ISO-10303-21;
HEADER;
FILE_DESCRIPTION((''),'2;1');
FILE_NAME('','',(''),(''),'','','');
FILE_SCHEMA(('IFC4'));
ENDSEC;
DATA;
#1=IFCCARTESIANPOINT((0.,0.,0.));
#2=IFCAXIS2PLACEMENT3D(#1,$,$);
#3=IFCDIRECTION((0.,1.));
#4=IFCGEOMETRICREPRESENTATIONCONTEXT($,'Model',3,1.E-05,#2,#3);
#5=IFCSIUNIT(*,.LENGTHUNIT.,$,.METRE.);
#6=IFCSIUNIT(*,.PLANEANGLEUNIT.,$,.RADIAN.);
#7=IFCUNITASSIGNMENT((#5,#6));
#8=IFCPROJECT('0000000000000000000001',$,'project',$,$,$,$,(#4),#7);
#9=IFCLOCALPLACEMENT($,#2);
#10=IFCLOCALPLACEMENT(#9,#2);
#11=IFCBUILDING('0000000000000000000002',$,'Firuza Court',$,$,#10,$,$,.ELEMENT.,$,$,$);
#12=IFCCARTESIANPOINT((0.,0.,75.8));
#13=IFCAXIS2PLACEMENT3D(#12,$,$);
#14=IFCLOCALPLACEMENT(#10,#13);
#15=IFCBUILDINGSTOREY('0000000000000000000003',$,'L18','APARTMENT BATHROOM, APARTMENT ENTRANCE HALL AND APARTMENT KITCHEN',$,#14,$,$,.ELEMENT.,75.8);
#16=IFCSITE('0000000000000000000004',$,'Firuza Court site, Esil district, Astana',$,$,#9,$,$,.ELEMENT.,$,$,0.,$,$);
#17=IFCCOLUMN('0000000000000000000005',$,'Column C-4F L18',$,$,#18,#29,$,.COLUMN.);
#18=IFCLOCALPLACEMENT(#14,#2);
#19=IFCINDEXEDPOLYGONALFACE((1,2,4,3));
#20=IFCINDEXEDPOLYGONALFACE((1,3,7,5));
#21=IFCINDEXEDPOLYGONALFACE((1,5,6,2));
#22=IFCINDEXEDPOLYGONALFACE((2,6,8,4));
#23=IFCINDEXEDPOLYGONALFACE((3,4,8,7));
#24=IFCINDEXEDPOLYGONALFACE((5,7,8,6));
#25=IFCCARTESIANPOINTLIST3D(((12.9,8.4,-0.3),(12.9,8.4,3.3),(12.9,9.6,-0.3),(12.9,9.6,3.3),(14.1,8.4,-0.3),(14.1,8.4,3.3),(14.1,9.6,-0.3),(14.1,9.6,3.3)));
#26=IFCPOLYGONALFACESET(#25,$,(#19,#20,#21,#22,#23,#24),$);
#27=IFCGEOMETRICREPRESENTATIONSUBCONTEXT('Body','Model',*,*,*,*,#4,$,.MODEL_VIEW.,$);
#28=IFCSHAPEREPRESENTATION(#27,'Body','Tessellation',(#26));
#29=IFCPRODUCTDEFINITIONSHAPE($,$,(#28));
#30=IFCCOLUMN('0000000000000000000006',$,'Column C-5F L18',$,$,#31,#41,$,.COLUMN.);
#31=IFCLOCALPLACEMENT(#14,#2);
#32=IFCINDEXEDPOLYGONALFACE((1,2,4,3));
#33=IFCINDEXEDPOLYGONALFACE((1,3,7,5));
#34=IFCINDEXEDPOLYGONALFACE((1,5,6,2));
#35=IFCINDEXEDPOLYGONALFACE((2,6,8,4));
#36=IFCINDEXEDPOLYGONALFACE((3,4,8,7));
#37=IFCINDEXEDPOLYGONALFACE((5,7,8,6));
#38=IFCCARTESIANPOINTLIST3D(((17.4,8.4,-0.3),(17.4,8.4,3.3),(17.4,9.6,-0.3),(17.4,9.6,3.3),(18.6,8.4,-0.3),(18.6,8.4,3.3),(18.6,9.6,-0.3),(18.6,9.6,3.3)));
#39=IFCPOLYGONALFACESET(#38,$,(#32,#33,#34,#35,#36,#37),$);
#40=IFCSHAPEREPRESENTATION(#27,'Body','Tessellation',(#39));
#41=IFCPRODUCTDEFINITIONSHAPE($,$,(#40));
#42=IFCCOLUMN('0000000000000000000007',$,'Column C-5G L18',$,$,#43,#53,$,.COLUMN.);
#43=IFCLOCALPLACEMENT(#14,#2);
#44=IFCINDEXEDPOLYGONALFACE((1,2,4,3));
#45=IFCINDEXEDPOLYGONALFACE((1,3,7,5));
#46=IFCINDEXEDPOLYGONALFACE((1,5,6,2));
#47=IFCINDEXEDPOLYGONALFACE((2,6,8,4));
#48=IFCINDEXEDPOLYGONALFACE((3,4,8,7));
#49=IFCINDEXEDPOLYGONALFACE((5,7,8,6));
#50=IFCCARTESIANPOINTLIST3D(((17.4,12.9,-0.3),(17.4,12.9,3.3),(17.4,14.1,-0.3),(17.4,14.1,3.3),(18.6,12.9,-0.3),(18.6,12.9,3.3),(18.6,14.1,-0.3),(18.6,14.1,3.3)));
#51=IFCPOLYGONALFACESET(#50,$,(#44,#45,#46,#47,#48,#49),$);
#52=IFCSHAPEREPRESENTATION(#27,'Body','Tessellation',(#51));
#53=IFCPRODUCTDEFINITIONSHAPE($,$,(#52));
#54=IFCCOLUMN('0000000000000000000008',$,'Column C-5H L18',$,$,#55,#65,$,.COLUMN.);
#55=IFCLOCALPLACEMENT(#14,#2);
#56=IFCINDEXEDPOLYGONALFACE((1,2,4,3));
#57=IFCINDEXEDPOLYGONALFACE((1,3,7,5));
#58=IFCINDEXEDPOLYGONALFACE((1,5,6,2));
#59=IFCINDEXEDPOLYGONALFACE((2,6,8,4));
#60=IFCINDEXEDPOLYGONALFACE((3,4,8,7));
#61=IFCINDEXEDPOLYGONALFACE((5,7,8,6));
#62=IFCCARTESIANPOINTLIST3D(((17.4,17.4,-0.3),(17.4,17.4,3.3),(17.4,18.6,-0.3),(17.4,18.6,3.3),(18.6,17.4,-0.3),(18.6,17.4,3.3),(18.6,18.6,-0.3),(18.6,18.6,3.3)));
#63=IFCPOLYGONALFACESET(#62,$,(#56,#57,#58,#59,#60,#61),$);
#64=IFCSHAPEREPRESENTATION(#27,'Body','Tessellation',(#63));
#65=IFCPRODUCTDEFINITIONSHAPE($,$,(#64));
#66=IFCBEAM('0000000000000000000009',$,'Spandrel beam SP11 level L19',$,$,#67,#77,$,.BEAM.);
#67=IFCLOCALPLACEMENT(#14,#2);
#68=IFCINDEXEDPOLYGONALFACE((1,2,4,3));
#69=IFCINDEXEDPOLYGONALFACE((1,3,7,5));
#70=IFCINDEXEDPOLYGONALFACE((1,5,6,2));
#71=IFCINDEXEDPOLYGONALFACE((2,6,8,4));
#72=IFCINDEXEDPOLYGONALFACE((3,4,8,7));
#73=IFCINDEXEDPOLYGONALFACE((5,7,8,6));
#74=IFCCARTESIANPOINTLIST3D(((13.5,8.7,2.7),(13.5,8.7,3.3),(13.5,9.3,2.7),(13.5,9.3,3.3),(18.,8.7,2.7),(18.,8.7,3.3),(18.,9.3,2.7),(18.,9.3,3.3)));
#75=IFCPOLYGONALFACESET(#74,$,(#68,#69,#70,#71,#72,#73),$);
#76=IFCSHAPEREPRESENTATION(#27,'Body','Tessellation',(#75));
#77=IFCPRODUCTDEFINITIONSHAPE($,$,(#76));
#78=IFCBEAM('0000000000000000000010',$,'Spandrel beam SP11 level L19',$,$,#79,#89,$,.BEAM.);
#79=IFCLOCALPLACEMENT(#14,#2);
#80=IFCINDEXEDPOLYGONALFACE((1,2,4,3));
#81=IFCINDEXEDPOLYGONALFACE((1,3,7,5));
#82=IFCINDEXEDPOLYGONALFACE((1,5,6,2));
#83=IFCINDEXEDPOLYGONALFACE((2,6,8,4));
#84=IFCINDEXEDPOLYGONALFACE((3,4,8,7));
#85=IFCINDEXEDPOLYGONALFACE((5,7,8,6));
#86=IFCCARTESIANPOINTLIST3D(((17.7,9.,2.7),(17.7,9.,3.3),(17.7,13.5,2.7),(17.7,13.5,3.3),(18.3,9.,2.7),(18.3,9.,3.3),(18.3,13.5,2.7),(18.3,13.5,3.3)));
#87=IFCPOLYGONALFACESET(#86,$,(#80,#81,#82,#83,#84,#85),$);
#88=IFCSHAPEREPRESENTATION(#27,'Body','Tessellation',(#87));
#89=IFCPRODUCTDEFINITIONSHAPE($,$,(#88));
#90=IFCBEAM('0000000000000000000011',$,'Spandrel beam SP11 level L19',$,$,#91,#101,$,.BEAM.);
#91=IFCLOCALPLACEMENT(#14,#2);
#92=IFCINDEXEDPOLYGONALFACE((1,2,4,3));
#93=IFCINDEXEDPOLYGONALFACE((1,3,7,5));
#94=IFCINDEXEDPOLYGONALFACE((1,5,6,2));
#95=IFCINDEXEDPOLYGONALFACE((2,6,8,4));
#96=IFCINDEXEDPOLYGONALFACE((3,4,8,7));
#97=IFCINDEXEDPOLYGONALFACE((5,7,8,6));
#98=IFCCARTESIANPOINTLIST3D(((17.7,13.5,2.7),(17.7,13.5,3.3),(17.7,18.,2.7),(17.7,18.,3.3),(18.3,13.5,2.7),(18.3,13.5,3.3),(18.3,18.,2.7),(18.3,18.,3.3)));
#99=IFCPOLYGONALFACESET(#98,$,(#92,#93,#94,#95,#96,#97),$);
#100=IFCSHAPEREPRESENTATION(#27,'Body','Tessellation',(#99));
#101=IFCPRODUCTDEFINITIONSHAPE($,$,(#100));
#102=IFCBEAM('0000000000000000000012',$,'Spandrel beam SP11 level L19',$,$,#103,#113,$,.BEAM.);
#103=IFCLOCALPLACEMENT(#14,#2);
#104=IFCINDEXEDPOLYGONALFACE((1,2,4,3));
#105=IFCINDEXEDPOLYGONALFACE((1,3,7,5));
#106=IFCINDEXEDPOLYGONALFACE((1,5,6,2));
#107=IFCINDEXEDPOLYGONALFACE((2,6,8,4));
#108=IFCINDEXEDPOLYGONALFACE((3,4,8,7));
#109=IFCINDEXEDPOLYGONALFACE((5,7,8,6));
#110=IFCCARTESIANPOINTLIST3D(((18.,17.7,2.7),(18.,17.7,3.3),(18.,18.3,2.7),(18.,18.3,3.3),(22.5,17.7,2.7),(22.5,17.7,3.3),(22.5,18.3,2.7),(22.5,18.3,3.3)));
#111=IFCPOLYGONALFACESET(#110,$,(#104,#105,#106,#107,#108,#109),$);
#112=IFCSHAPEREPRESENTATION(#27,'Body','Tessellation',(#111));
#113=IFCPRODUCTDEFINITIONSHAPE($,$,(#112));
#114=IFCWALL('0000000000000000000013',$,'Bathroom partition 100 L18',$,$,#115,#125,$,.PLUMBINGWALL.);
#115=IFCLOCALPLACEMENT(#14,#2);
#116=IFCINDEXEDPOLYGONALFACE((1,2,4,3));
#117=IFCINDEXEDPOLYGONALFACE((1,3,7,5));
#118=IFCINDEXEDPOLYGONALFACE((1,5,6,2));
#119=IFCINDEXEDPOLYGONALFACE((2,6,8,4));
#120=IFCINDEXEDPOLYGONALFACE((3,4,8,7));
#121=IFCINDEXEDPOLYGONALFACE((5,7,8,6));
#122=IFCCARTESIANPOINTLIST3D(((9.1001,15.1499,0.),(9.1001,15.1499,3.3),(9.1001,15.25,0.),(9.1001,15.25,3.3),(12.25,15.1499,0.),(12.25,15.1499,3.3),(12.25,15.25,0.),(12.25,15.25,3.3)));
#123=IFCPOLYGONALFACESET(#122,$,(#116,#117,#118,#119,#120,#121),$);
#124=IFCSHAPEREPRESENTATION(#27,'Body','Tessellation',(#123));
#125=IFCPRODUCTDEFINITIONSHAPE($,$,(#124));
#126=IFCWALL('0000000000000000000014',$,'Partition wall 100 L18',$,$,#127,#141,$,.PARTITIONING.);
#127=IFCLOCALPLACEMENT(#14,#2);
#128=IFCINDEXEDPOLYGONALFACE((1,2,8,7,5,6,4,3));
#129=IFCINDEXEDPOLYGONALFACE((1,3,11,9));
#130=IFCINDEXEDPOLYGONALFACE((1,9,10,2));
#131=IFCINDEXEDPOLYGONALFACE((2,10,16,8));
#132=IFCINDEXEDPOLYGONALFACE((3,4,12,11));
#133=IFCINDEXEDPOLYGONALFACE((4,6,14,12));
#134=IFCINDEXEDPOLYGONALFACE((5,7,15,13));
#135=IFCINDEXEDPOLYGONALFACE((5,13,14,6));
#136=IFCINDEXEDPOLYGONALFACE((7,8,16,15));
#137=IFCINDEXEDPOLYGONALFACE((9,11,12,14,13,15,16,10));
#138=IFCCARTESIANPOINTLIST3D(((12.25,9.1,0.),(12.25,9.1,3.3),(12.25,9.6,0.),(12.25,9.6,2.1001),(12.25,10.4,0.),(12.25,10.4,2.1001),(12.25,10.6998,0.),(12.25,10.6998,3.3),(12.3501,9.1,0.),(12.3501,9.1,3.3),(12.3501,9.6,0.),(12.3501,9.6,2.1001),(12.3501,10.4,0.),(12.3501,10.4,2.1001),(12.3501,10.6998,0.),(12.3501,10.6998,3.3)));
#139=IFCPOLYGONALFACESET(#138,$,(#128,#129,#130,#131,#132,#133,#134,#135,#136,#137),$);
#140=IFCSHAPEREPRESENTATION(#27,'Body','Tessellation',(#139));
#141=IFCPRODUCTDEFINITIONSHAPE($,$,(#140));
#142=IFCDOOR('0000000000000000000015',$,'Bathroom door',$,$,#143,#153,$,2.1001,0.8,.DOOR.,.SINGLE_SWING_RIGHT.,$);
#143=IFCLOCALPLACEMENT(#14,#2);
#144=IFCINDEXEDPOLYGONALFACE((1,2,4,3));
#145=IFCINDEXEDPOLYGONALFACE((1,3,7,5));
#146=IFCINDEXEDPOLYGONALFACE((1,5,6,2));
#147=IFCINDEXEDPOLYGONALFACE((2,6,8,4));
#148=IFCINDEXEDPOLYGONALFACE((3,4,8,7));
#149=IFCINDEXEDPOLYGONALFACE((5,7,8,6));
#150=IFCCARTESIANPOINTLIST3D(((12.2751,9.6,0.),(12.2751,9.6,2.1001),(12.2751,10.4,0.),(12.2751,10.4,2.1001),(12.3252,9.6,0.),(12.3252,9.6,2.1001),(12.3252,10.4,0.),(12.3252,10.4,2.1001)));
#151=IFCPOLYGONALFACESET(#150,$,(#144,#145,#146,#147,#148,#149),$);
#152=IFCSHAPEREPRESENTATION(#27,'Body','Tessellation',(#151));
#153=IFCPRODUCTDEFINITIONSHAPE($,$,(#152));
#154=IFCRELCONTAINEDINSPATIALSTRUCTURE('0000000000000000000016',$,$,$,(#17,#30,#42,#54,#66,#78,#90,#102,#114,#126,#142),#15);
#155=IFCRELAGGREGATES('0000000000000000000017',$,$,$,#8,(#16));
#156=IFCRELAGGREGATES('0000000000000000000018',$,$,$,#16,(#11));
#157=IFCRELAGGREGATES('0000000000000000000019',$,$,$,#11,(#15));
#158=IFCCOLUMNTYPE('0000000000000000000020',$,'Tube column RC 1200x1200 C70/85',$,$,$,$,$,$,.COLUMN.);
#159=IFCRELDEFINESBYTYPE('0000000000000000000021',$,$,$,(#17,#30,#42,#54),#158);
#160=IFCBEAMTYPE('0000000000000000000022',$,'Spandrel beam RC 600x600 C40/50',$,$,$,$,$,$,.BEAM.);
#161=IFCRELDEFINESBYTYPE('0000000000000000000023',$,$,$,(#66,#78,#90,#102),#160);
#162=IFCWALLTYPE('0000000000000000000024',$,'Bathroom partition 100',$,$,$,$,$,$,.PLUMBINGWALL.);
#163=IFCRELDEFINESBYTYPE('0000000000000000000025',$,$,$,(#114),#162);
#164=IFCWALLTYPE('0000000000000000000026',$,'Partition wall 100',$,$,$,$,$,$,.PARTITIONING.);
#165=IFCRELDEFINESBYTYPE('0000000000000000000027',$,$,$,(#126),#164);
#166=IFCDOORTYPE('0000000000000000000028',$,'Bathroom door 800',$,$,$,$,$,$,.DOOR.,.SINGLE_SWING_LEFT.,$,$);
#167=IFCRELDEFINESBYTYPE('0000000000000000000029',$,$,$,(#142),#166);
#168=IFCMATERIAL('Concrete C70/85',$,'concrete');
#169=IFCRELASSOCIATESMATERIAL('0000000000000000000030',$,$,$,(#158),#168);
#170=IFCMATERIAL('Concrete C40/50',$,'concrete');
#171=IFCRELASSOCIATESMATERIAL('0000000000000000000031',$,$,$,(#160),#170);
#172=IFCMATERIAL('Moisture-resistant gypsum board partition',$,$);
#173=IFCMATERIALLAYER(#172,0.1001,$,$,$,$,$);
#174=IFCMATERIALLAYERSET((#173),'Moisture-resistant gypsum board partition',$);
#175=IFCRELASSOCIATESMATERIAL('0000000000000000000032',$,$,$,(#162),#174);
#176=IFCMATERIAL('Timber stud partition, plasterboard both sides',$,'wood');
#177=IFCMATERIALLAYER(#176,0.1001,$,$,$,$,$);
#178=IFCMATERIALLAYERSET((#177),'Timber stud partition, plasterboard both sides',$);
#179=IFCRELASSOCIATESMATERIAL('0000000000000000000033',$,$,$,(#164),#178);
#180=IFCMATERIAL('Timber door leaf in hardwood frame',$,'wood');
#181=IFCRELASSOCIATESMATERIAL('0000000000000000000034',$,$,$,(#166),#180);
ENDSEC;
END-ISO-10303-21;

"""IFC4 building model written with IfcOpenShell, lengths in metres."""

from ifc_helpers import new_model, si_unit, direction, frame, frame_2d, origin, origin_2d, place, context, subcontext, project, spatial, rectangle, extrude, material, layer, layer_set, material_profile, profile_set, type_object, element, fill, save


model = new_model("IFC4")

# Units and contexts
model_context = context("Model", 3, precision=1e-05, world=origin(), true_north=direction((0.0, 1.0)))
body_context = subcontext(model_context, "Body", "Model", "MODEL_VIEW")
ifc_project = project(units=[si_unit("LENGTHUNIT", "METRE"), si_unit("PLANEANGLEUNIT", "RADIAN")], contexts=[model_context])

# Site, building, storey
site_placement = place(None, origin())
site = spatial("IfcSite", under=ifc_project, at=site_placement, Name="Firuza Court site, Esil district, Astana", CompositionType="ELEMENT", RefElevation=0.0)
building_placement = place(site_placement, origin())
building = spatial("IfcBuilding", under=site, at=building_placement, Name="Firuza Court", CompositionType="ELEMENT")
storey_placement = place(building_placement, frame((0.0, 0.0, 75.8)))
storey = spatial("IfcBuildingStorey", under=building, at=storey_placement, Name="L18", Description="APARTMENT BATHROOM, APARTMENT ENTRANCE HALL AND APARTMENT KITCHEN", CompositionType="ELEMENT", Elevation=75.8)

# Columns
ifc_material_1 = material(Name="Concrete C70/85", Category="concrete")
ifc_material_profile_1 = material_profile(ifc_material_1, rectangle(XDim=1.2, YDim=1.2, at=origin_2d()), Name="RC 1200x1200")
ifc_profile_set_1 = profile_set([ifc_material_profile_1], Name="Concrete C70/85")
column_type = type_object("IfcColumnType", Name="Tube column RC 1200x1200 C70/85", PredefinedType="COLUMN", material=ifc_profile_set_1)
for number, where, z_axis, x_axis, name in (
    (1, (13.5, 9.0, -0.3), (0.0, 0.0, 1.0), (1.0, 0.0, 0.0), "Column C-4F L18"),
    (2, (18.0, 9.0, -0.3), (0.0, 0.0, 1.0), (1.0, 0.0, 0.0), "Column C-5F L18"),
    (3, (18.0, 13.5, -0.3), (0.0, 0.0, 1.0), (1.0, 0.0, 0.0), "Column C-5G L18"),
    (4, (18.0, 18.0, -0.3), (0.0, 0.0, 1.0), (1.0, 0.0, 0.0), "Column C-5H L18"),
):
    element("IfcColumn", number, at=place(storey_placement, frame(where, z_axis=z_axis, x_axis=x_axis)), inside=storey, type_object=column_type, Name=name, PredefinedType="COLUMN", context=body_context, shape_type="SweptSolid", body=[
        extrude(rectangle(XDim=1.2, YDim=1.2, at=origin_2d()), origin(), (0.0, 0.0, 1.0), 3.6001),
    ])

# Beams
ifc_material_2 = material(Name="Concrete C40/50", Category="concrete")
ifc_material_profile_2 = material_profile(ifc_material_2, rectangle(XDim=0.6001, YDim=0.6001, at=origin_2d()), Name="RC 600x600")
ifc_profile_set_2 = profile_set([ifc_material_profile_2], Name="Concrete C40/50")
beam_type = type_object("IfcBeamType", Name="Spandrel beam RC 600x600 C40/50", PredefinedType="BEAM", material=ifc_profile_set_2)
for number, where, z_axis, x_axis, name in (
    (5, (13.5, 9.0, 3.0), (1.0, 0.0, 0.0), (0.0, 1.0, 0.0), "Spandrel beam SP11 level L19"),
    (6, (18.0, 9.0, 3.0), (0.0, 1.0, 0.0), (-1.0, 0.0, 0.0), "Spandrel beam SP11 level L19"),
    (7, (18.0, 13.5, 3.0), (0.0, 1.0, 0.0), (-1.0, 0.0, 0.0), "Spandrel beam SP11 level L19"),
    (8, (18.0, 18.0, 3.0), (1.0, 0.0, 0.0), (0.0, 1.0, 0.0), "Spandrel beam SP11 level L19"),
):
    element("IfcBeam", number, at=place(storey_placement, frame(where, z_axis=z_axis, x_axis=x_axis)), inside=storey, type_object=beam_type, Name=name, PredefinedType="BEAM", context=body_context, shape_type="SweptSolid", body=[
        extrude(rectangle(XDim=0.6001, YDim=0.6001, at=origin_2d()), origin(), (0.0, 0.0, 1.0), 4.5),
    ])

# Wall
ifc_material_3 = material(Name="Moisture-resistant gypsum board partition")
ifc_layer_1 = layer(ifc_material_3, 0.1001)
ifc_layer_set_1 = layer_set([ifc_layer_1], Name="Moisture-resistant gypsum board partition")
wall_type_1 = type_object("IfcWallType", Name="Bathroom partition 100", PredefinedType="PLUMBINGWALL", material=ifc_layer_set_1)
wall_1_placement = place(storey_placement, frame((9.1001, 15.2, 0.0), z_axis=(0.0, 0.0, 1.0), x_axis=(1.0, 0.0, 0.0)))
element("IfcWall", 9, at=wall_1_placement, inside=storey, type_object=wall_type_1, Name="Bathroom partition 100 L18", PredefinedType="PLUMBINGWALL", context=body_context, shape_type="SweptSolid", body=[
    extrude(rectangle(XDim=3.1499, YDim=0.1001, at=frame_2d((1.575, 0.0))), origin(), (0.0, 0.0, 1.0), 3.3),
])

# Wall, opening, door
ifc_material_4 = material(Name="Timber stud partition, plasterboard both sides", Category="wood")
ifc_layer_2 = layer(ifc_material_4, 0.1001)
ifc_layer_set_2 = layer_set([ifc_layer_2], Name="Timber stud partition, plasterboard both sides")
wall_type_2 = type_object("IfcWallType", Name="Partition wall 100", PredefinedType="PARTITIONING", material=ifc_layer_set_2)
wall_2_placement = place(storey_placement, frame((12.3, 9.1001, 0.0), z_axis=(0.0, 0.0, 1.0), x_axis=(0.0, 1.0, 0.0)))
wall_2 = element("IfcWall", 10, at=wall_2_placement, inside=storey, type_object=wall_type_2, Name="Partition wall 100 L18", PredefinedType="PARTITIONING", context=body_context, shape_type="SweptSolid", body=[
    extrude(rectangle(XDim=1.5999, YDim=0.1001, at=frame_2d((0.7998, 0.0))), origin(), (0.0, 0.0, 1.0), 3.3),
])
opening_1_placement = place(wall_2_placement, frame((0.5, 0.0, 0.0)))
opening_1 = element("IfcOpeningElement", 11, at=opening_1_placement, cuts=wall_2, PredefinedType="OPENING", context=body_context, shape_type="SweptSolid", body=[
    extrude(rectangle(XDim=0.8, YDim=2.1001, at=frame_2d((0.3999, 1.05))), frame((0.0, 0.062, 0.0), z_axis=(0.0, -1.0, 0.0), x_axis=(1.0, 0.0, 0.0)), (0.0, 0.0, 1.0), 0.124),
])
ifc_material_5 = material(Name="Timber door leaf in hardwood frame", Category="wood")
door_type_1 = type_object("IfcDoorType", Name="Bathroom door 800", OperationType="SINGLE_SWING_LEFT", PredefinedType="DOOR", material=ifc_material_5)
door_1_placement = place(opening_1_placement, origin())
door_1 = element("IfcDoor", 12, at=door_1_placement, inside=storey, type_object=door_type_1, Name="Bathroom door", OperationType="SINGLE_SWING_RIGHT", OverallHeight=2.1001, OverallWidth=0.8, PredefinedType="DOOR", context=body_context, shape_type="SweptSolid", body=[
    extrude(rectangle(XDim=0.8, YDim=2.1001, at=frame_2d((0.3999, 1.05))), frame((0.0, 0.0249, 0.0), z_axis=(0.0, -1.0, 0.0), x_axis=(1.0, 0.0, 0.0)), (0.0, 0.0, 1.0), 0.05),
])
fill(opening_1, door_1)

save(model, "model.ifc")
